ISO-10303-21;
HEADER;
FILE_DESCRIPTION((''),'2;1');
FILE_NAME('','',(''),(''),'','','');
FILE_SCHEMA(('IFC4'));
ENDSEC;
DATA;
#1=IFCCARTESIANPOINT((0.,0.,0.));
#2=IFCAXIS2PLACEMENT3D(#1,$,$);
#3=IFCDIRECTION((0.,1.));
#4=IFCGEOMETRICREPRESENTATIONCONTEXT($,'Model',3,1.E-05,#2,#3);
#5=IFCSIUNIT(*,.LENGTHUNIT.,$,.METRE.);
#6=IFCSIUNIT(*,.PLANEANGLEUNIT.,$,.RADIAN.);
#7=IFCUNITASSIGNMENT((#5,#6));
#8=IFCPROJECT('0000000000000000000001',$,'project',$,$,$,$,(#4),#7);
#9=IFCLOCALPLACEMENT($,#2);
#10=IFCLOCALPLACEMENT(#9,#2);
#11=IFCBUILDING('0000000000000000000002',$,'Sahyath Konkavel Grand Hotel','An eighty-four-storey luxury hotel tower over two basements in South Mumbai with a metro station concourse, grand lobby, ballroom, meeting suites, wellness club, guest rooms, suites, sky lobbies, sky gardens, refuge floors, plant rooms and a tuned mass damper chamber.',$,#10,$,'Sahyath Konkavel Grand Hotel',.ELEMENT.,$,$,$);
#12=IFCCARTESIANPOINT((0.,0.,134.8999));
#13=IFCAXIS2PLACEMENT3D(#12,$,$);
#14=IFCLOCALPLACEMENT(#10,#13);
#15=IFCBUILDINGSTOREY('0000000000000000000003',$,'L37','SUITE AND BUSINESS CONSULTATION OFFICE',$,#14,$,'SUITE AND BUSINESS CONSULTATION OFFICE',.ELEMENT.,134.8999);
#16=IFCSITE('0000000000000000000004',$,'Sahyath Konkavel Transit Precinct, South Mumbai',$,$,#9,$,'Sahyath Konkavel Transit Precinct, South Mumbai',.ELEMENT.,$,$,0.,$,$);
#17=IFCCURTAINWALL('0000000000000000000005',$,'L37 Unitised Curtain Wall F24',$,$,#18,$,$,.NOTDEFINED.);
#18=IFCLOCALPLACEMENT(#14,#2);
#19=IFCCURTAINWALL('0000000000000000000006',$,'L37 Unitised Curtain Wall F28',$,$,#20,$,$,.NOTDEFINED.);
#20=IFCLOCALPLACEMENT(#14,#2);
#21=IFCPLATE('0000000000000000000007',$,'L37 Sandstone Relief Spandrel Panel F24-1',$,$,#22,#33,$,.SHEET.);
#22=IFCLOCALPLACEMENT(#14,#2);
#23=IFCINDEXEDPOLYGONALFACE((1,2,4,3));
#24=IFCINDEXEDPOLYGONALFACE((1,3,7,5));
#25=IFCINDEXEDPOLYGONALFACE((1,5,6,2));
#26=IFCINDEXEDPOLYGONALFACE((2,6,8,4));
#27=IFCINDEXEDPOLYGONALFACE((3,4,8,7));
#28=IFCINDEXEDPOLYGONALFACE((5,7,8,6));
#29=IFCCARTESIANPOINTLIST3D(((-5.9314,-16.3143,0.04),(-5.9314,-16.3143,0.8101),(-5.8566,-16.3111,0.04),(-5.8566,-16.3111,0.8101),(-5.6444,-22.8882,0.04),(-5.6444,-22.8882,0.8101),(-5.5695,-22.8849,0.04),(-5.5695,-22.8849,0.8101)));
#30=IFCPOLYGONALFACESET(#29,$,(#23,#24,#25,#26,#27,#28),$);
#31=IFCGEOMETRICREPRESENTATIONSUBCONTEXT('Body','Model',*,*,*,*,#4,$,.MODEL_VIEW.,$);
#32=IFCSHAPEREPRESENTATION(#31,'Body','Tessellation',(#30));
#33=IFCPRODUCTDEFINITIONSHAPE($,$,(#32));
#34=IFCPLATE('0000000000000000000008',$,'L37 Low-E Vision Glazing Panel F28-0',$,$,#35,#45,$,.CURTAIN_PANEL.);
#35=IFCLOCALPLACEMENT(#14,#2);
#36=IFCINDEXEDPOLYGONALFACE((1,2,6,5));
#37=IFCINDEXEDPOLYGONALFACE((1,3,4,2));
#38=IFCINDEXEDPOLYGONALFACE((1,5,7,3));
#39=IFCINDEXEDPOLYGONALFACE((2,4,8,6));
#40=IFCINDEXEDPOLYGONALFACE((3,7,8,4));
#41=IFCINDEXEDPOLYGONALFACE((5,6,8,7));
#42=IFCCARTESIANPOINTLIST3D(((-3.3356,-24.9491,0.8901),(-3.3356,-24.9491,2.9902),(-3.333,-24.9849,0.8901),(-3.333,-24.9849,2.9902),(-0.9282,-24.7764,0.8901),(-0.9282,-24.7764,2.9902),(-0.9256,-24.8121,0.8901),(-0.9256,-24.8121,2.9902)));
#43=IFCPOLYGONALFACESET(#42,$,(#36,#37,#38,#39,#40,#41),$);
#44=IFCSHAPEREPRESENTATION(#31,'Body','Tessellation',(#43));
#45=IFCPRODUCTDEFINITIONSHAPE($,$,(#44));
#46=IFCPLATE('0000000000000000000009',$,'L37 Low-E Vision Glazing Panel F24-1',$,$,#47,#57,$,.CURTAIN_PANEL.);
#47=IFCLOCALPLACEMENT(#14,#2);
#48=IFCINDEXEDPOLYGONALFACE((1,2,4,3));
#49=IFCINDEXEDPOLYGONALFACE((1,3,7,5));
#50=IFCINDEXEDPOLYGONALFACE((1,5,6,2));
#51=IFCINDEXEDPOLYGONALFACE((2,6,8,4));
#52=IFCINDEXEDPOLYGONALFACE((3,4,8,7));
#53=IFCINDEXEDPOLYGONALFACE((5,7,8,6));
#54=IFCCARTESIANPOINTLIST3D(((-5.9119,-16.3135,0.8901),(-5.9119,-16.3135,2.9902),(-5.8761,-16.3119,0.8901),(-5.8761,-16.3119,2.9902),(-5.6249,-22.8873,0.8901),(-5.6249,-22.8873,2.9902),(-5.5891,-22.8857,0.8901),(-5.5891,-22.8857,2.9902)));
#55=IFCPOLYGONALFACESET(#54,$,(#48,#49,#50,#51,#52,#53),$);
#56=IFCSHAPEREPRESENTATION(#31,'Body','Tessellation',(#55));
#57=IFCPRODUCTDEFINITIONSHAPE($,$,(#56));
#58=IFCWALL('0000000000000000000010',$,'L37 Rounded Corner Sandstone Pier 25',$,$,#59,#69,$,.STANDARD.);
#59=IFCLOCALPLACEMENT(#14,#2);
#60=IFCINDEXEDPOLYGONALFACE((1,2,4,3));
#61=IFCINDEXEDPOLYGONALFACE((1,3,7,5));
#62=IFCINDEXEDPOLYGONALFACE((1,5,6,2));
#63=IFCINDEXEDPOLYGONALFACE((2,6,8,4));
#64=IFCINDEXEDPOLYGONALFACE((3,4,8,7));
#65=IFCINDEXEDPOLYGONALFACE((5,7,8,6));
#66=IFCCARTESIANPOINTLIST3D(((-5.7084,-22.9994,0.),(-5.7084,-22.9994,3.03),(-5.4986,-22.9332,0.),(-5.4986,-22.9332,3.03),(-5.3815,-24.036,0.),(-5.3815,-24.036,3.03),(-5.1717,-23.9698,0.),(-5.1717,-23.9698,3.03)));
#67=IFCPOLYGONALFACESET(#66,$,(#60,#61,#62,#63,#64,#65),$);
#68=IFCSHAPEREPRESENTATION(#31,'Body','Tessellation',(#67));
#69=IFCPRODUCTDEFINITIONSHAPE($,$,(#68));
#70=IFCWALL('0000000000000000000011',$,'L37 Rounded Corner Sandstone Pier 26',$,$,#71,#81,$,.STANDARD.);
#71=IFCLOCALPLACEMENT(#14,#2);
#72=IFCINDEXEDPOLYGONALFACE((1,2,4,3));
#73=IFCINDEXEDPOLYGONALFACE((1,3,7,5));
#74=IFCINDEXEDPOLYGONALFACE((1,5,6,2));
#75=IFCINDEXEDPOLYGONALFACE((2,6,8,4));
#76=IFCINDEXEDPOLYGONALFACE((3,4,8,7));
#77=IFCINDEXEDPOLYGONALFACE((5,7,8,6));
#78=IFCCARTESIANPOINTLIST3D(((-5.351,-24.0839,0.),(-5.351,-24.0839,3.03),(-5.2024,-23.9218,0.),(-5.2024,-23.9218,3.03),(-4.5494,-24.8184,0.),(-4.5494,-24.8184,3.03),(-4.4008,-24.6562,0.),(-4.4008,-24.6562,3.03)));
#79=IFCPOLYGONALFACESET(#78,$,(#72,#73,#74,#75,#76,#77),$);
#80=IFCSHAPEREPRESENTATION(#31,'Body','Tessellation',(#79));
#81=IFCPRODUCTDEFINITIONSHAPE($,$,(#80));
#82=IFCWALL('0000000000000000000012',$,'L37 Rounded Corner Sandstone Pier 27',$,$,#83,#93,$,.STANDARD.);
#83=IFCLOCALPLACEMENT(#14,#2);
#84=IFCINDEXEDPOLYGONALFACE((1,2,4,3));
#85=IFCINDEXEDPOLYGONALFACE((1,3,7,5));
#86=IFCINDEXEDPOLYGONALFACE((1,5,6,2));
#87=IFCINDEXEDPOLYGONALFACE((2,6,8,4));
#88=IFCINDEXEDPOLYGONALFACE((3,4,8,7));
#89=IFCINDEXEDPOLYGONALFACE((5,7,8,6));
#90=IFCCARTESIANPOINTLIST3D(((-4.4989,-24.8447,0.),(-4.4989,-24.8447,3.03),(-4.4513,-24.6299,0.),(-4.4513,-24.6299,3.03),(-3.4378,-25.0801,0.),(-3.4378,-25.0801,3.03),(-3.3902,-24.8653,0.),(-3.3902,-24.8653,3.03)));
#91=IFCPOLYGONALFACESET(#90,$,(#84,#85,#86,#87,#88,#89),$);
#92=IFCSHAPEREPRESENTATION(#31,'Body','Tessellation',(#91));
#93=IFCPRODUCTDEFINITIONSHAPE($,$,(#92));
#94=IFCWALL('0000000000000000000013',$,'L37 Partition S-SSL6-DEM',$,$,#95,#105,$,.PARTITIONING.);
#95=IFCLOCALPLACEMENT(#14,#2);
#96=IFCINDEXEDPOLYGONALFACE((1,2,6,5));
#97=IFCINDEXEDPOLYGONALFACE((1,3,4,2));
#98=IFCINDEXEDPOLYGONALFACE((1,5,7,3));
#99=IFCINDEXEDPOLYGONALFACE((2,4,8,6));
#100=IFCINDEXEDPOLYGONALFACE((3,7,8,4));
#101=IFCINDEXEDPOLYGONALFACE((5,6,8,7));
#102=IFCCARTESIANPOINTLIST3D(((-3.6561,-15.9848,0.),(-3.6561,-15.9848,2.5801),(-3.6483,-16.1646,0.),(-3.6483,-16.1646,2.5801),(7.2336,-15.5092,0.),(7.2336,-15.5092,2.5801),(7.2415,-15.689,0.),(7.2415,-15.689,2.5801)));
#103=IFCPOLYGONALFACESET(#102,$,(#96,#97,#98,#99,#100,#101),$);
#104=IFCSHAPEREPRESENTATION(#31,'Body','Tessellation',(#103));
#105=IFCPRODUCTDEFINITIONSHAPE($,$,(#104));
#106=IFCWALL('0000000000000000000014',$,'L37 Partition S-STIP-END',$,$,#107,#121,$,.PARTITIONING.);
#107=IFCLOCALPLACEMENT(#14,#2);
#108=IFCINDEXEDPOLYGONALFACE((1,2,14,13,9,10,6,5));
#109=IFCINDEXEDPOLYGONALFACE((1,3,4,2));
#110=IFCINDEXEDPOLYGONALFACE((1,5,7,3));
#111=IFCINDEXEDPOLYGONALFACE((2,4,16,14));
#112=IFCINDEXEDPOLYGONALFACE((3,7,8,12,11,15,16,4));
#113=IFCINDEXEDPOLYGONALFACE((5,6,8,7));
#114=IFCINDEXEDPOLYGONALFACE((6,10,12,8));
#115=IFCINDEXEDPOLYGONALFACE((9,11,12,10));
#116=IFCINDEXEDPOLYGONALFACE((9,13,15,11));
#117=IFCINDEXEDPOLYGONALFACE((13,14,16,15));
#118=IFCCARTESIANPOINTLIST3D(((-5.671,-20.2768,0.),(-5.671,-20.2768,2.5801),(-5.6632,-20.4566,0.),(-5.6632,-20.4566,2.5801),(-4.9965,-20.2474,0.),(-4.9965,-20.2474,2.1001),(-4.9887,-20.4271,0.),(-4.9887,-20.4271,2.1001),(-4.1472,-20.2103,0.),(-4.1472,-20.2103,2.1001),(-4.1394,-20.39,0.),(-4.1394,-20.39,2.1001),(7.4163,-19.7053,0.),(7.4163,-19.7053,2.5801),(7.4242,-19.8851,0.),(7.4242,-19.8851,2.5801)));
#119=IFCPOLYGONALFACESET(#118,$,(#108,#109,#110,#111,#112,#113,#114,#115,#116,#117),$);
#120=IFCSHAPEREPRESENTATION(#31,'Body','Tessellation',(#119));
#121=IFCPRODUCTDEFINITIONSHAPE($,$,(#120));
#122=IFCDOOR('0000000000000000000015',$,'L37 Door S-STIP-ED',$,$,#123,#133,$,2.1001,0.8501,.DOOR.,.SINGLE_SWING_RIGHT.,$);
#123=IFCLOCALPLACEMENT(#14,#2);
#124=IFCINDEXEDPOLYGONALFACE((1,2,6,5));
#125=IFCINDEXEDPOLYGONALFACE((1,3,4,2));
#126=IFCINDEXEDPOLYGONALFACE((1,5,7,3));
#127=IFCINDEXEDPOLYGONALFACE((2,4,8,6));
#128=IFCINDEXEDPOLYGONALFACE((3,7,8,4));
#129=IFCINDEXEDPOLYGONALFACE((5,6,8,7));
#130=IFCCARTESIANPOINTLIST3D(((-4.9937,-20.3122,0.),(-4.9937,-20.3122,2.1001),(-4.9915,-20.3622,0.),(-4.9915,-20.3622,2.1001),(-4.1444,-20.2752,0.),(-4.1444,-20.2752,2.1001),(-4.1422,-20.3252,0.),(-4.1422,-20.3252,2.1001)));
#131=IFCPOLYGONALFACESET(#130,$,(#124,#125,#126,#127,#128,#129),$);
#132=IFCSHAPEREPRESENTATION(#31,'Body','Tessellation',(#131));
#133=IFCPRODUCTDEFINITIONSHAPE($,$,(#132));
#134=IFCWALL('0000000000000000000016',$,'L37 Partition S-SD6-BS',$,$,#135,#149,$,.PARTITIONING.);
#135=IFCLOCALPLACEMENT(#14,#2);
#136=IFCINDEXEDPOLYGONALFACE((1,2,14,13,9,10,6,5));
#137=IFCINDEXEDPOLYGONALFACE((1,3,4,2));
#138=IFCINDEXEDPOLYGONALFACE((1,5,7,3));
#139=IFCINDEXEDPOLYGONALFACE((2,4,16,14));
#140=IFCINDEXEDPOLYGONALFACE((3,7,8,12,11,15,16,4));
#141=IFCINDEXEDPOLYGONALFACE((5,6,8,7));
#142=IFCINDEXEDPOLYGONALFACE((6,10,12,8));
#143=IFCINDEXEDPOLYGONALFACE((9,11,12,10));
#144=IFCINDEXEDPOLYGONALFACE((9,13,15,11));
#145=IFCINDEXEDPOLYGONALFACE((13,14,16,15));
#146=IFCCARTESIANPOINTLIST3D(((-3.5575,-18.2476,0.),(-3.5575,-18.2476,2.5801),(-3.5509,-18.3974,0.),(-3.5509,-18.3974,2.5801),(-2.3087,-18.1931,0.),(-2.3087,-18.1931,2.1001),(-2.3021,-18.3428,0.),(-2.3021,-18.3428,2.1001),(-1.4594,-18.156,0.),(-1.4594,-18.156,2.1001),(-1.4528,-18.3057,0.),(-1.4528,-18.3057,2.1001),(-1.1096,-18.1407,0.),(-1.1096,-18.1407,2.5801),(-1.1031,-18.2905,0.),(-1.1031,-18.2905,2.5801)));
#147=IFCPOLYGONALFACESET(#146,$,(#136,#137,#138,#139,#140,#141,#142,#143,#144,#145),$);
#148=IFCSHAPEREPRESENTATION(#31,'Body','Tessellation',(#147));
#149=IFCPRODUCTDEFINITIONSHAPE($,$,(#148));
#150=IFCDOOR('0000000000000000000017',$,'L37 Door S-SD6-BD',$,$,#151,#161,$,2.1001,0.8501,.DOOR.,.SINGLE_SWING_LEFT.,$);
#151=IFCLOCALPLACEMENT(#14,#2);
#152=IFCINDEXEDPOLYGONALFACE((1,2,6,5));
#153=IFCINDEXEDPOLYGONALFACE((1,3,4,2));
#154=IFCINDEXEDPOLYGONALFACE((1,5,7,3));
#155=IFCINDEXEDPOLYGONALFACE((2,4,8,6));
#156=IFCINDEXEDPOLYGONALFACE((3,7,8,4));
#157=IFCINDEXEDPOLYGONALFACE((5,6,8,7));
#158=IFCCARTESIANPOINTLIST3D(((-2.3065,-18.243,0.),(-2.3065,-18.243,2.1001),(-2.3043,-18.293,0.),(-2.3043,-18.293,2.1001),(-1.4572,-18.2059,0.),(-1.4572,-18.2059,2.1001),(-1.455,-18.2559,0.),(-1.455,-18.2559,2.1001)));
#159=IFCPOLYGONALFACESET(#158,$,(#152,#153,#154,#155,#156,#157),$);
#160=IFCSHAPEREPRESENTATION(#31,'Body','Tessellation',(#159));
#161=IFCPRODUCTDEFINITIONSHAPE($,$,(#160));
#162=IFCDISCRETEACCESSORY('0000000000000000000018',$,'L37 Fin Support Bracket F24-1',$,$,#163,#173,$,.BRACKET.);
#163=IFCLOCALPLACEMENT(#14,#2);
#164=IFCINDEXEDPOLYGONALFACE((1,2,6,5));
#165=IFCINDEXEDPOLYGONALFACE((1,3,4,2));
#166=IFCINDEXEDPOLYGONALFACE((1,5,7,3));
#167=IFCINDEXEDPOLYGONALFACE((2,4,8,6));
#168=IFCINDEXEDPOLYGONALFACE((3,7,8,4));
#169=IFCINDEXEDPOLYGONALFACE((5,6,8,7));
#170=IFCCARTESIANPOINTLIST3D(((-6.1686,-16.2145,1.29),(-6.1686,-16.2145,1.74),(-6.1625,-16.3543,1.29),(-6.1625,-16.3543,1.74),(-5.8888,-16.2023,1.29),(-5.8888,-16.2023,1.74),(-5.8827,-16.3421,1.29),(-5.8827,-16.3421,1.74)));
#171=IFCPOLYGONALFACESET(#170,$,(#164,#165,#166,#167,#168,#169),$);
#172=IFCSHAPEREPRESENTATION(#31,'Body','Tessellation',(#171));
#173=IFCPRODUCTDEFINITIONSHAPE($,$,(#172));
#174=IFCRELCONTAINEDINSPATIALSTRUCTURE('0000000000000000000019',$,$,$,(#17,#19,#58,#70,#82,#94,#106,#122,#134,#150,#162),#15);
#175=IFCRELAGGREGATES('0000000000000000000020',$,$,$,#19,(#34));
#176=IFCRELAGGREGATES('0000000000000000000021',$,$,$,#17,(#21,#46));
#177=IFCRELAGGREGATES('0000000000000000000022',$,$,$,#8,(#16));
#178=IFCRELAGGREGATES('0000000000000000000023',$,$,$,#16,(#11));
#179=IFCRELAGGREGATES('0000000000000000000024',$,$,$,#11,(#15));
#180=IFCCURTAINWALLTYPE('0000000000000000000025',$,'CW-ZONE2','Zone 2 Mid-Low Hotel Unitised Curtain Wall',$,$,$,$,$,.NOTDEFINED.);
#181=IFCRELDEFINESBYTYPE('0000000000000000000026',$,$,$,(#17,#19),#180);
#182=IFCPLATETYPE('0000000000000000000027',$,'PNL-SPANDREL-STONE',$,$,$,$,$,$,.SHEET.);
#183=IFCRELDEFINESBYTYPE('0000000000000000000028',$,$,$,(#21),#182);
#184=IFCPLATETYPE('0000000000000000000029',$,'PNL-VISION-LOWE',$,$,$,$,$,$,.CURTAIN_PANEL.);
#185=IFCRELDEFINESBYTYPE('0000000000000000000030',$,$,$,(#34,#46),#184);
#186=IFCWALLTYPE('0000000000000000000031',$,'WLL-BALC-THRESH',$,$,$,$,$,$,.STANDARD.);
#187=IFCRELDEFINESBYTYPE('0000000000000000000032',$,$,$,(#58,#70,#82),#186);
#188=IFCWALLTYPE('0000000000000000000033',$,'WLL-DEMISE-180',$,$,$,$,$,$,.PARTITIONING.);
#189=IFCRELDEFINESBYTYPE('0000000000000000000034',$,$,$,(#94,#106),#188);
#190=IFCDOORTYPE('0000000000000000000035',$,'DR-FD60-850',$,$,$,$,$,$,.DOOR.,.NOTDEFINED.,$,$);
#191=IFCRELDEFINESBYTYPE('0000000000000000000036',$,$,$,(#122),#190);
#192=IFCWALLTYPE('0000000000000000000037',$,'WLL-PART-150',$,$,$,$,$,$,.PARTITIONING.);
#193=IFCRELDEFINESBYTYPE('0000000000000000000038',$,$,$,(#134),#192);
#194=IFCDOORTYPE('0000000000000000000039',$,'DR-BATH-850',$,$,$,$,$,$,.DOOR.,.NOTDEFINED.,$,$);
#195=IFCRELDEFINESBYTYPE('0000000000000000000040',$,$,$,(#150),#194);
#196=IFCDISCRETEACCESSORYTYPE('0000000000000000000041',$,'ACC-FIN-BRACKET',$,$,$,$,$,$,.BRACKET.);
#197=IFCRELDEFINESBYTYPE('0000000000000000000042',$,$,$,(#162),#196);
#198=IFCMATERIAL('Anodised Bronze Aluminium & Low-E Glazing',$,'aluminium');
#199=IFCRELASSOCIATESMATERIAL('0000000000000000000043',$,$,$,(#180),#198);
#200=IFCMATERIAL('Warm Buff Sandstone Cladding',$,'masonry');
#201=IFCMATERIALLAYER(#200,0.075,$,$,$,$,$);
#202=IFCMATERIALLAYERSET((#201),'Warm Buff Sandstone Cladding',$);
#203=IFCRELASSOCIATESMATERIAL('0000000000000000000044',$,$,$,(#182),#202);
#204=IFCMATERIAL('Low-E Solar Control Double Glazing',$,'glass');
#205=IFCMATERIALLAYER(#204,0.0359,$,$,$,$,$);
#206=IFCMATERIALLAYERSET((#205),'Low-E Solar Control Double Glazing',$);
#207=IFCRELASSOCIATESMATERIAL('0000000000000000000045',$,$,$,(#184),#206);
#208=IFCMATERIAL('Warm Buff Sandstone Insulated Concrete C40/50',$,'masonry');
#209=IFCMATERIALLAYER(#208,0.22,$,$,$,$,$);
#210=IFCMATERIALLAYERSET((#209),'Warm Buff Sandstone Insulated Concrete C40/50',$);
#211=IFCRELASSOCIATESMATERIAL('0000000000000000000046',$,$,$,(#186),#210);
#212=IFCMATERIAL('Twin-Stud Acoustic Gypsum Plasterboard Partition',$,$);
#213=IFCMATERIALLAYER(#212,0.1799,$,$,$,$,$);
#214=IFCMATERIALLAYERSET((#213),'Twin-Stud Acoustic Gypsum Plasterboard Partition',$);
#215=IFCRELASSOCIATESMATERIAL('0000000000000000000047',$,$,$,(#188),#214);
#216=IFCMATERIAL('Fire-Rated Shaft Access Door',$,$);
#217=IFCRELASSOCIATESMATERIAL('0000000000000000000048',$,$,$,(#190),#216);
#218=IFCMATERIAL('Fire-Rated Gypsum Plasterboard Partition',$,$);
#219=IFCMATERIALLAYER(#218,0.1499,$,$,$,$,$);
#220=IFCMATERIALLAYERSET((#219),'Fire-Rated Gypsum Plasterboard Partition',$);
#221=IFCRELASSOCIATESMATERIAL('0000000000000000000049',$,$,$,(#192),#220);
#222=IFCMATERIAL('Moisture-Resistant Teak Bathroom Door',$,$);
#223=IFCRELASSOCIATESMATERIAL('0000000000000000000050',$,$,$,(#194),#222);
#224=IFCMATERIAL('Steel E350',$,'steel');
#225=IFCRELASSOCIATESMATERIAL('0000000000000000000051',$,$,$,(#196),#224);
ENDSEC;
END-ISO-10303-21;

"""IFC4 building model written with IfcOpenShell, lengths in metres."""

from ifc_helpers import new_model, si_unit, direction, frame, frame_2d, origin, origin_2d, place, context, subcontext, project, spatial, rectangle, extrude, source, transform, mapped, material, layer, layer_set, type_object, element, fill, aggregate, save


model = new_model("IFC4")

# Units and contexts
model_context = context("Model", 3, precision=1e-05, world=origin(), true_north=direction((0.0, 1.0)))
body_context = subcontext(model_context, "Body", "Model", "MODEL_VIEW")
ifc_project = project(units=[si_unit("LENGTHUNIT", "METRE"), si_unit("PLANEANGLEUNIT", "RADIAN")], contexts=[model_context])

# Site, building, storey
site_placement = place(None, origin())
site = spatial("IfcSite", under=ifc_project, at=site_placement, Name="Sahyath Konkavel Transit Precinct, South Mumbai", LongName="Sahyath Konkavel Transit Precinct, South Mumbai", CompositionType="ELEMENT", RefElevation=0.0)
building_placement = place(site_placement, origin())
building = spatial("IfcBuilding", under=site, at=building_placement, Name="Sahyath Konkavel Grand Hotel", Description="An eighty-four-storey luxury hotel tower over two basements in South Mumbai with a metro station concourse, grand lobby, ballroom, meeting suites, wellness club, guest rooms, suites, sky lobbies, sky gardens, refuge floors, plant rooms and a tuned mass damper chamber.", LongName="Sahyath Konkavel Grand Hotel", CompositionType="ELEMENT")
storey_placement = place(building_placement, frame((0.0, 0.0, 134.8999)))
storey = spatial("IfcBuildingStorey", under=building, at=storey_placement, Name="L37", Description="SUITE AND BUSINESS CONSULTATION OFFICE", LongName="SUITE AND BUSINESS CONSULTATION OFFICE", CompositionType="ELEMENT", Elevation=134.8999)

# Shared definitions
ifc_material_1 = material(Name="Steel E350", Category="steel")

# Curtain wall
ifc_material_2 = material(Name="Anodised Bronze Aluminium & Low-E Glazing", Category="aluminium")
curtain_wall_type = type_object("IfcCurtainWallType", Name="CW-ZONE2", Description="Zone 2 Mid-Low Hotel Unitised Curtain Wall", PredefinedType="NOTDEFINED", material=ifc_material_2)
curtain_wall_1_placement = place(storey_placement, origin())
curtain_wall_1 = element("IfcCurtainWall", 1, at=curtain_wall_1_placement, inside=storey, type_object=curtain_wall_type, Name="L37 Unitised Curtain Wall F24", PredefinedType="NOTDEFINED")

# Curtain wall
curtain_wall_2_placement = place(storey_placement, origin())
curtain_wall_2 = element("IfcCurtainWall", 2, at=curtain_wall_2_placement, inside=storey, type_object=curtain_wall_type, Name="L37 Unitised Curtain Wall F28", PredefinedType="NOTDEFINED")

# Plates
ifc_material_3 = material(Name="Warm Buff Sandstone Cladding", Category="masonry")
ifc_layer_1 = layer(ifc_material_3, 0.075)
ifc_layer_set_1 = layer_set([ifc_layer_1], Name="Warm Buff Sandstone Cladding")
plate_type_1 = type_object("IfcPlateType", Name="PNL-SPANDREL-STONE", PredefinedType="SHEET", material=ifc_layer_set_1)
shared_shape_1 = source(origin(), body_context, "Body", "SweptSolid", [
    extrude(rectangle(XDim=6.5801, YDim=0.075, at=origin_2d()), origin(), (0.0, 0.0, 1.0), 0.77),
])
plate_1_placement = place(storey_placement, frame((-5.7505, -19.5996, 0.04), z_axis=(0.0, 0.0, 1.0), x_axis=(0.043619, -0.999048, 0.0)))
plate_1 = element("IfcPlate", 3, at=plate_1_placement, type_object=plate_type_1, Name="L37 Sandstone Relief Spandrel Panel F24-1", PredefinedType="SHEET", context=body_context, shape_type="MappedRepresentation", body=[
    mapped(shared_shape_1, transform((0.0, 0.0, 0.0), scale=1.0)),
])
ifc_material_4 = material(Name="Low-E Solar Control Double Glazing", Category="glass")
ifc_layer_2 = layer(ifc_material_4, 0.0359)
ifc_layer_set_2 = layer_set([ifc_layer_2], Name="Low-E Solar Control Double Glazing")
plate_type_2 = type_object("IfcPlateType", Name="PNL-VISION-LOWE", PredefinedType="CURTAIN_PANEL", material=ifc_layer_set_2)
shared_shape_2 = source(origin(), body_context, "Body", "SweptSolid", [
    extrude(rectangle(XDim=2.4136, YDim=0.0359, at=origin_2d()), origin(), (0.0, 0.0, 1.0), 2.1001),
])
plate_2_placement = place(storey_placement, frame((-2.1306, -24.8806, 0.8901), z_axis=(0.0, 0.0, 1.0), x_axis=(0.997436, 0.071567, 0.0)))
plate_2 = element("IfcPlate", 4, at=plate_2_placement, type_object=plate_type_2, Name="L37 Low-E Vision Glazing Panel F28-0", PredefinedType="CURTAIN_PANEL", context=body_context, shape_type="MappedRepresentation", body=[
    mapped(shared_shape_2, transform((0.0, 0.0, 0.0), scale=1.0)),
])
aggregate(curtain_wall_2, [plate_2])
shared_shape_3 = source(origin(), body_context, "Body", "SweptSolid", [
    extrude(rectangle(XDim=6.5801, YDim=0.0359, at=origin_2d()), origin(), (0.0, 0.0, 1.0), 2.1001),
])
plate_3_placement = place(storey_placement, frame((-5.7505, -19.5996, 0.8901), z_axis=(0.0, 0.0, 1.0), x_axis=(0.043619, -0.999048, 0.0)))
plate_3 = element("IfcPlate", 5, at=plate_3_placement, type_object=plate_type_2, Name="L37 Low-E Vision Glazing Panel F24-1", PredefinedType="CURTAIN_PANEL", context=body_context, shape_type="MappedRepresentation", body=[
    mapped(shared_shape_3, transform((0.0, 0.0, 0.0), scale=1.0)),
])
aggregate(curtain_wall_1, [plate_1, plate_3])

# Walls
ifc_material_5 = material(Name="Warm Buff Sandstone Insulated Concrete C40/50", Category="masonry")
ifc_layer_3 = layer(ifc_material_5, 0.22)
ifc_layer_set_3 = layer_set([ifc_layer_3], Name="Warm Buff Sandstone Insulated Concrete C40/50")
wall_type_1 = type_object("IfcWallType", Name="WLL-BALC-THRESH", PredefinedType="STANDARD", material=ifc_layer_set_3)
wall_1_placement = place(storey_placement, frame((-5.6035, -22.9663, 0.0), z_axis=(0.0, 0.0, 1.0), x_axis=(0.300755, -0.953701, 0.0)))
element("IfcWall", 6, at=wall_1_placement, inside=storey, type_object=wall_type_1, Name="L37 Rounded Corner Sandstone Pier 25", PredefinedType="STANDARD", context=body_context, shape_type="SweptSolid", body=[
    extrude(rectangle(XDim=1.0869, YDim=0.22, at=frame_2d((0.5435, 0.0))), origin(), (0.0, 0.0, 1.0), 3.03),
])
wall_2_placement = place(storey_placement, frame((-5.2766, -24.0029, 0.0), z_axis=(0.0, 0.0, 1.0), x_axis=(0.737313, -0.675552, 0.0)))
element("IfcWall", 7, at=wall_2_placement, inside=storey, type_object=wall_type_1, Name="L37 Rounded Corner Sandstone Pier 26", PredefinedType="STANDARD", context=body_context, shape_type="SweptSolid", body=[
    extrude(rectangle(XDim=1.0872, YDim=0.22, at=frame_2d((0.5435, 0.0))), origin(), (0.0, 0.0, 1.0), 3.03),
])
wall_3_placement = place(storey_placement, frame((-4.4751, -24.7373, 0.0), z_axis=(0.0, 0.0, 1.0), x_axis=(0.976272, -0.21655, 0.0)))
element("IfcWall", 8, at=wall_3_placement, inside=storey, type_object=wall_type_1, Name="L37 Rounded Corner Sandstone Pier 27", PredefinedType="STANDARD", context=body_context, shape_type="SweptSolid", body=[
    extrude(rectangle(XDim=1.0869, YDim=0.22, at=frame_2d((0.5435, 0.0))), origin(), (0.0, 0.0, 1.0), 3.03),
])
ifc_material_6 = material(Name="Twin-Stud Acoustic Gypsum Plasterboard Partition")
ifc_layer_4 = layer(ifc_material_6, 0.1799)
ifc_layer_set_4 = layer_set([ifc_layer_4], Name="Twin-Stud Acoustic Gypsum Plasterboard Partition")
wall_type_2 = type_object("IfcWallType", Name="WLL-DEMISE-180", PredefinedType="PARTITIONING", material=ifc_layer_set_4)
wall_4_placement = place(storey_placement, frame((-3.6523, -16.0747, 0.0), z_axis=(0.0, 0.0, 1.0), x_axis=(0.999048, 0.043632, 0.0)))
element("IfcWall", 9, at=wall_4_placement, inside=storey, type_object=wall_type_2, Name="L37 Partition S-SSL6-DEM", PredefinedType="PARTITIONING", context=body_context, shape_type="SweptSolid", body=[
    extrude(rectangle(XDim=10.9001, YDim=0.1799, at=frame_2d((5.4502, 0.0))), origin(), (0.0, 0.0, 1.0), 2.5801),
])

# Walls, openings, doors
wall_5_placement = place(storey_placement, frame((-5.667, -20.3667, 0.0), z_axis=(0.0, 0.0, 1.0), x_axis=(0.999048, 0.043629, 0.0)))
wall_5 = element("IfcWall", 10, at=wall_5_placement, inside=storey, type_object=wall_type_2, Name="L37 Partition S-STIP-END", PredefinedType="PARTITIONING", context=body_context, shape_type="SweptSolid", body=[
    extrude(rectangle(XDim=13.0999, YDim=0.1799, at=frame_2d((6.5498, 0.0))), origin(), (0.0, 0.0, 1.0), 2.5801),
])
opening_1_placement = place(wall_5_placement, frame((0.675, 0.0, 0.0)))
opening_1 = element("IfcOpeningElement", 11, at=opening_1_placement, cuts=wall_5, PredefinedType="OPENING", context=body_context, shape_type="SweptSolid", body=[
    extrude(rectangle(XDim=0.8501, YDim=2.1001, at=frame_2d((0.425, 1.05))), frame((0.0, 0.1001, 0.0), z_axis=(0.0, -1.0, 0.0), x_axis=(1.0, 0.0, 0.0)), (0.0, 0.0, 1.0), 0.2),
])
ifc_material_7 = material(Name="Fire-Rated Shaft Access Door")
door_type_1 = type_object("IfcDoorType", Name="DR-FD60-850", OperationType="NOTDEFINED", PredefinedType="DOOR", material=ifc_material_7)
shared_shape_4 = source(origin(), body_context, "Body", "SweptSolid", [
    extrude(rectangle(XDim=0.8501, YDim=0.05, at=origin_2d()), origin(), (0.0, 0.0, 1.0), 2.1001),
])
door_1_placement = place(opening_1_placement, frame((0.425, 0.0, 0.0)))
door_1 = element("IfcDoor", 12, at=door_1_placement, inside=storey, type_object=door_type_1, Name="L37 Door S-STIP-ED", OperationType="SINGLE_SWING_RIGHT", OverallHeight=2.1001, OverallWidth=0.8501, PredefinedType="DOOR", context=body_context, shape_type="MappedRepresentation", body=[
    mapped(shared_shape_4, transform((0.0, 0.0, 0.0), scale=1.0)),
])
fill(opening_1, door_1)
ifc_material_8 = material(Name="Fire-Rated Gypsum Plasterboard Partition")
ifc_layer_5 = layer(ifc_material_8, 0.1499)
ifc_layer_set_5 = layer_set([ifc_layer_5], Name="Fire-Rated Gypsum Plasterboard Partition")
wall_type_3 = type_object("IfcWallType", Name="WLL-PART-150", PredefinedType="PARTITIONING", material=ifc_layer_set_5)
wall_6_placement = place(storey_placement, frame((-3.5542, -18.3225, 0.0), z_axis=(0.0, 0.0, 1.0), x_axis=(0.999047, 0.043645, 0.0)))
wall_6 = element("IfcWall", 13, at=wall_6_placement, inside=storey, type_object=wall_type_3, Name="L37 Partition S-SD6-BS", PredefinedType="PARTITIONING", context=body_context, shape_type="SweptSolid", body=[
    extrude(rectangle(XDim=2.4502, YDim=0.1499, at=frame_2d((1.2251, 0.0))), origin(), (0.0, 0.0, 1.0), 2.5801),
])
opening_2_placement = place(wall_6_placement, frame((1.25, 0.0, 0.0)))
opening_2 = element("IfcOpeningElement", 14, at=opening_2_placement, cuts=wall_6, PredefinedType="OPENING", context=body_context, shape_type="SweptSolid", body=[
    extrude(rectangle(XDim=0.8501, YDim=2.1001, at=frame_2d((0.425, 1.05))), frame((0.0, 0.085, 0.0), z_axis=(0.0, -1.0, 0.0), x_axis=(1.0, 0.0, 0.0)), (0.0, 0.0, 1.0), 0.1699),
])
ifc_material_9 = material(Name="Moisture-Resistant Teak Bathroom Door")
door_type_2 = type_object("IfcDoorType", Name="DR-BATH-850", OperationType="NOTDEFINED", PredefinedType="DOOR", material=ifc_material_9)
door_2_placement = place(opening_2_placement, frame((0.425, 0.0, 0.0)))
door_2 = element("IfcDoor", 15, at=door_2_placement, inside=storey, type_object=door_type_2, Name="L37 Door S-SD6-BD", OperationType="SINGLE_SWING_LEFT", OverallHeight=2.1001, OverallWidth=0.8501, PredefinedType="DOOR", context=body_context, shape_type="MappedRepresentation", body=[
    mapped(shared_shape_4, transform((0.0, 0.0, 0.0), scale=1.0)),
])
fill(opening_2, door_2)

# Discrete accessory
discrete_accessory_type = type_object("IfcDiscreteAccessoryType", Name="ACC-FIN-BRACKET", PredefinedType="BRACKET", material=ifc_material_1)
shared_shape_5 = source(origin(), body_context, "Body", "SweptSolid", [
    extrude(rectangle(XDim=0.28, YDim=0.1399, at=origin_2d()), origin(), (0.0, 0.0, 1.0), 0.45),
])
discrete_accessory_placement = place(storey_placement, frame((-6.0256, -16.2783, 1.29), z_axis=(0.0, 0.0, 1.0), x_axis=(-0.999048, -0.043619, 0.0)))
element("IfcDiscreteAccessory", 16, at=discrete_accessory_placement, inside=storey, type_object=discrete_accessory_type, Name="L37 Fin Support Bracket F24-1", PredefinedType="BRACKET", context=body_context, shape_type="MappedRepresentation", body=[
    mapped(shared_shape_5, transform((0.0, 0.0, 0.0), scale=1.0)),
])

save(model, "model.ifc")
